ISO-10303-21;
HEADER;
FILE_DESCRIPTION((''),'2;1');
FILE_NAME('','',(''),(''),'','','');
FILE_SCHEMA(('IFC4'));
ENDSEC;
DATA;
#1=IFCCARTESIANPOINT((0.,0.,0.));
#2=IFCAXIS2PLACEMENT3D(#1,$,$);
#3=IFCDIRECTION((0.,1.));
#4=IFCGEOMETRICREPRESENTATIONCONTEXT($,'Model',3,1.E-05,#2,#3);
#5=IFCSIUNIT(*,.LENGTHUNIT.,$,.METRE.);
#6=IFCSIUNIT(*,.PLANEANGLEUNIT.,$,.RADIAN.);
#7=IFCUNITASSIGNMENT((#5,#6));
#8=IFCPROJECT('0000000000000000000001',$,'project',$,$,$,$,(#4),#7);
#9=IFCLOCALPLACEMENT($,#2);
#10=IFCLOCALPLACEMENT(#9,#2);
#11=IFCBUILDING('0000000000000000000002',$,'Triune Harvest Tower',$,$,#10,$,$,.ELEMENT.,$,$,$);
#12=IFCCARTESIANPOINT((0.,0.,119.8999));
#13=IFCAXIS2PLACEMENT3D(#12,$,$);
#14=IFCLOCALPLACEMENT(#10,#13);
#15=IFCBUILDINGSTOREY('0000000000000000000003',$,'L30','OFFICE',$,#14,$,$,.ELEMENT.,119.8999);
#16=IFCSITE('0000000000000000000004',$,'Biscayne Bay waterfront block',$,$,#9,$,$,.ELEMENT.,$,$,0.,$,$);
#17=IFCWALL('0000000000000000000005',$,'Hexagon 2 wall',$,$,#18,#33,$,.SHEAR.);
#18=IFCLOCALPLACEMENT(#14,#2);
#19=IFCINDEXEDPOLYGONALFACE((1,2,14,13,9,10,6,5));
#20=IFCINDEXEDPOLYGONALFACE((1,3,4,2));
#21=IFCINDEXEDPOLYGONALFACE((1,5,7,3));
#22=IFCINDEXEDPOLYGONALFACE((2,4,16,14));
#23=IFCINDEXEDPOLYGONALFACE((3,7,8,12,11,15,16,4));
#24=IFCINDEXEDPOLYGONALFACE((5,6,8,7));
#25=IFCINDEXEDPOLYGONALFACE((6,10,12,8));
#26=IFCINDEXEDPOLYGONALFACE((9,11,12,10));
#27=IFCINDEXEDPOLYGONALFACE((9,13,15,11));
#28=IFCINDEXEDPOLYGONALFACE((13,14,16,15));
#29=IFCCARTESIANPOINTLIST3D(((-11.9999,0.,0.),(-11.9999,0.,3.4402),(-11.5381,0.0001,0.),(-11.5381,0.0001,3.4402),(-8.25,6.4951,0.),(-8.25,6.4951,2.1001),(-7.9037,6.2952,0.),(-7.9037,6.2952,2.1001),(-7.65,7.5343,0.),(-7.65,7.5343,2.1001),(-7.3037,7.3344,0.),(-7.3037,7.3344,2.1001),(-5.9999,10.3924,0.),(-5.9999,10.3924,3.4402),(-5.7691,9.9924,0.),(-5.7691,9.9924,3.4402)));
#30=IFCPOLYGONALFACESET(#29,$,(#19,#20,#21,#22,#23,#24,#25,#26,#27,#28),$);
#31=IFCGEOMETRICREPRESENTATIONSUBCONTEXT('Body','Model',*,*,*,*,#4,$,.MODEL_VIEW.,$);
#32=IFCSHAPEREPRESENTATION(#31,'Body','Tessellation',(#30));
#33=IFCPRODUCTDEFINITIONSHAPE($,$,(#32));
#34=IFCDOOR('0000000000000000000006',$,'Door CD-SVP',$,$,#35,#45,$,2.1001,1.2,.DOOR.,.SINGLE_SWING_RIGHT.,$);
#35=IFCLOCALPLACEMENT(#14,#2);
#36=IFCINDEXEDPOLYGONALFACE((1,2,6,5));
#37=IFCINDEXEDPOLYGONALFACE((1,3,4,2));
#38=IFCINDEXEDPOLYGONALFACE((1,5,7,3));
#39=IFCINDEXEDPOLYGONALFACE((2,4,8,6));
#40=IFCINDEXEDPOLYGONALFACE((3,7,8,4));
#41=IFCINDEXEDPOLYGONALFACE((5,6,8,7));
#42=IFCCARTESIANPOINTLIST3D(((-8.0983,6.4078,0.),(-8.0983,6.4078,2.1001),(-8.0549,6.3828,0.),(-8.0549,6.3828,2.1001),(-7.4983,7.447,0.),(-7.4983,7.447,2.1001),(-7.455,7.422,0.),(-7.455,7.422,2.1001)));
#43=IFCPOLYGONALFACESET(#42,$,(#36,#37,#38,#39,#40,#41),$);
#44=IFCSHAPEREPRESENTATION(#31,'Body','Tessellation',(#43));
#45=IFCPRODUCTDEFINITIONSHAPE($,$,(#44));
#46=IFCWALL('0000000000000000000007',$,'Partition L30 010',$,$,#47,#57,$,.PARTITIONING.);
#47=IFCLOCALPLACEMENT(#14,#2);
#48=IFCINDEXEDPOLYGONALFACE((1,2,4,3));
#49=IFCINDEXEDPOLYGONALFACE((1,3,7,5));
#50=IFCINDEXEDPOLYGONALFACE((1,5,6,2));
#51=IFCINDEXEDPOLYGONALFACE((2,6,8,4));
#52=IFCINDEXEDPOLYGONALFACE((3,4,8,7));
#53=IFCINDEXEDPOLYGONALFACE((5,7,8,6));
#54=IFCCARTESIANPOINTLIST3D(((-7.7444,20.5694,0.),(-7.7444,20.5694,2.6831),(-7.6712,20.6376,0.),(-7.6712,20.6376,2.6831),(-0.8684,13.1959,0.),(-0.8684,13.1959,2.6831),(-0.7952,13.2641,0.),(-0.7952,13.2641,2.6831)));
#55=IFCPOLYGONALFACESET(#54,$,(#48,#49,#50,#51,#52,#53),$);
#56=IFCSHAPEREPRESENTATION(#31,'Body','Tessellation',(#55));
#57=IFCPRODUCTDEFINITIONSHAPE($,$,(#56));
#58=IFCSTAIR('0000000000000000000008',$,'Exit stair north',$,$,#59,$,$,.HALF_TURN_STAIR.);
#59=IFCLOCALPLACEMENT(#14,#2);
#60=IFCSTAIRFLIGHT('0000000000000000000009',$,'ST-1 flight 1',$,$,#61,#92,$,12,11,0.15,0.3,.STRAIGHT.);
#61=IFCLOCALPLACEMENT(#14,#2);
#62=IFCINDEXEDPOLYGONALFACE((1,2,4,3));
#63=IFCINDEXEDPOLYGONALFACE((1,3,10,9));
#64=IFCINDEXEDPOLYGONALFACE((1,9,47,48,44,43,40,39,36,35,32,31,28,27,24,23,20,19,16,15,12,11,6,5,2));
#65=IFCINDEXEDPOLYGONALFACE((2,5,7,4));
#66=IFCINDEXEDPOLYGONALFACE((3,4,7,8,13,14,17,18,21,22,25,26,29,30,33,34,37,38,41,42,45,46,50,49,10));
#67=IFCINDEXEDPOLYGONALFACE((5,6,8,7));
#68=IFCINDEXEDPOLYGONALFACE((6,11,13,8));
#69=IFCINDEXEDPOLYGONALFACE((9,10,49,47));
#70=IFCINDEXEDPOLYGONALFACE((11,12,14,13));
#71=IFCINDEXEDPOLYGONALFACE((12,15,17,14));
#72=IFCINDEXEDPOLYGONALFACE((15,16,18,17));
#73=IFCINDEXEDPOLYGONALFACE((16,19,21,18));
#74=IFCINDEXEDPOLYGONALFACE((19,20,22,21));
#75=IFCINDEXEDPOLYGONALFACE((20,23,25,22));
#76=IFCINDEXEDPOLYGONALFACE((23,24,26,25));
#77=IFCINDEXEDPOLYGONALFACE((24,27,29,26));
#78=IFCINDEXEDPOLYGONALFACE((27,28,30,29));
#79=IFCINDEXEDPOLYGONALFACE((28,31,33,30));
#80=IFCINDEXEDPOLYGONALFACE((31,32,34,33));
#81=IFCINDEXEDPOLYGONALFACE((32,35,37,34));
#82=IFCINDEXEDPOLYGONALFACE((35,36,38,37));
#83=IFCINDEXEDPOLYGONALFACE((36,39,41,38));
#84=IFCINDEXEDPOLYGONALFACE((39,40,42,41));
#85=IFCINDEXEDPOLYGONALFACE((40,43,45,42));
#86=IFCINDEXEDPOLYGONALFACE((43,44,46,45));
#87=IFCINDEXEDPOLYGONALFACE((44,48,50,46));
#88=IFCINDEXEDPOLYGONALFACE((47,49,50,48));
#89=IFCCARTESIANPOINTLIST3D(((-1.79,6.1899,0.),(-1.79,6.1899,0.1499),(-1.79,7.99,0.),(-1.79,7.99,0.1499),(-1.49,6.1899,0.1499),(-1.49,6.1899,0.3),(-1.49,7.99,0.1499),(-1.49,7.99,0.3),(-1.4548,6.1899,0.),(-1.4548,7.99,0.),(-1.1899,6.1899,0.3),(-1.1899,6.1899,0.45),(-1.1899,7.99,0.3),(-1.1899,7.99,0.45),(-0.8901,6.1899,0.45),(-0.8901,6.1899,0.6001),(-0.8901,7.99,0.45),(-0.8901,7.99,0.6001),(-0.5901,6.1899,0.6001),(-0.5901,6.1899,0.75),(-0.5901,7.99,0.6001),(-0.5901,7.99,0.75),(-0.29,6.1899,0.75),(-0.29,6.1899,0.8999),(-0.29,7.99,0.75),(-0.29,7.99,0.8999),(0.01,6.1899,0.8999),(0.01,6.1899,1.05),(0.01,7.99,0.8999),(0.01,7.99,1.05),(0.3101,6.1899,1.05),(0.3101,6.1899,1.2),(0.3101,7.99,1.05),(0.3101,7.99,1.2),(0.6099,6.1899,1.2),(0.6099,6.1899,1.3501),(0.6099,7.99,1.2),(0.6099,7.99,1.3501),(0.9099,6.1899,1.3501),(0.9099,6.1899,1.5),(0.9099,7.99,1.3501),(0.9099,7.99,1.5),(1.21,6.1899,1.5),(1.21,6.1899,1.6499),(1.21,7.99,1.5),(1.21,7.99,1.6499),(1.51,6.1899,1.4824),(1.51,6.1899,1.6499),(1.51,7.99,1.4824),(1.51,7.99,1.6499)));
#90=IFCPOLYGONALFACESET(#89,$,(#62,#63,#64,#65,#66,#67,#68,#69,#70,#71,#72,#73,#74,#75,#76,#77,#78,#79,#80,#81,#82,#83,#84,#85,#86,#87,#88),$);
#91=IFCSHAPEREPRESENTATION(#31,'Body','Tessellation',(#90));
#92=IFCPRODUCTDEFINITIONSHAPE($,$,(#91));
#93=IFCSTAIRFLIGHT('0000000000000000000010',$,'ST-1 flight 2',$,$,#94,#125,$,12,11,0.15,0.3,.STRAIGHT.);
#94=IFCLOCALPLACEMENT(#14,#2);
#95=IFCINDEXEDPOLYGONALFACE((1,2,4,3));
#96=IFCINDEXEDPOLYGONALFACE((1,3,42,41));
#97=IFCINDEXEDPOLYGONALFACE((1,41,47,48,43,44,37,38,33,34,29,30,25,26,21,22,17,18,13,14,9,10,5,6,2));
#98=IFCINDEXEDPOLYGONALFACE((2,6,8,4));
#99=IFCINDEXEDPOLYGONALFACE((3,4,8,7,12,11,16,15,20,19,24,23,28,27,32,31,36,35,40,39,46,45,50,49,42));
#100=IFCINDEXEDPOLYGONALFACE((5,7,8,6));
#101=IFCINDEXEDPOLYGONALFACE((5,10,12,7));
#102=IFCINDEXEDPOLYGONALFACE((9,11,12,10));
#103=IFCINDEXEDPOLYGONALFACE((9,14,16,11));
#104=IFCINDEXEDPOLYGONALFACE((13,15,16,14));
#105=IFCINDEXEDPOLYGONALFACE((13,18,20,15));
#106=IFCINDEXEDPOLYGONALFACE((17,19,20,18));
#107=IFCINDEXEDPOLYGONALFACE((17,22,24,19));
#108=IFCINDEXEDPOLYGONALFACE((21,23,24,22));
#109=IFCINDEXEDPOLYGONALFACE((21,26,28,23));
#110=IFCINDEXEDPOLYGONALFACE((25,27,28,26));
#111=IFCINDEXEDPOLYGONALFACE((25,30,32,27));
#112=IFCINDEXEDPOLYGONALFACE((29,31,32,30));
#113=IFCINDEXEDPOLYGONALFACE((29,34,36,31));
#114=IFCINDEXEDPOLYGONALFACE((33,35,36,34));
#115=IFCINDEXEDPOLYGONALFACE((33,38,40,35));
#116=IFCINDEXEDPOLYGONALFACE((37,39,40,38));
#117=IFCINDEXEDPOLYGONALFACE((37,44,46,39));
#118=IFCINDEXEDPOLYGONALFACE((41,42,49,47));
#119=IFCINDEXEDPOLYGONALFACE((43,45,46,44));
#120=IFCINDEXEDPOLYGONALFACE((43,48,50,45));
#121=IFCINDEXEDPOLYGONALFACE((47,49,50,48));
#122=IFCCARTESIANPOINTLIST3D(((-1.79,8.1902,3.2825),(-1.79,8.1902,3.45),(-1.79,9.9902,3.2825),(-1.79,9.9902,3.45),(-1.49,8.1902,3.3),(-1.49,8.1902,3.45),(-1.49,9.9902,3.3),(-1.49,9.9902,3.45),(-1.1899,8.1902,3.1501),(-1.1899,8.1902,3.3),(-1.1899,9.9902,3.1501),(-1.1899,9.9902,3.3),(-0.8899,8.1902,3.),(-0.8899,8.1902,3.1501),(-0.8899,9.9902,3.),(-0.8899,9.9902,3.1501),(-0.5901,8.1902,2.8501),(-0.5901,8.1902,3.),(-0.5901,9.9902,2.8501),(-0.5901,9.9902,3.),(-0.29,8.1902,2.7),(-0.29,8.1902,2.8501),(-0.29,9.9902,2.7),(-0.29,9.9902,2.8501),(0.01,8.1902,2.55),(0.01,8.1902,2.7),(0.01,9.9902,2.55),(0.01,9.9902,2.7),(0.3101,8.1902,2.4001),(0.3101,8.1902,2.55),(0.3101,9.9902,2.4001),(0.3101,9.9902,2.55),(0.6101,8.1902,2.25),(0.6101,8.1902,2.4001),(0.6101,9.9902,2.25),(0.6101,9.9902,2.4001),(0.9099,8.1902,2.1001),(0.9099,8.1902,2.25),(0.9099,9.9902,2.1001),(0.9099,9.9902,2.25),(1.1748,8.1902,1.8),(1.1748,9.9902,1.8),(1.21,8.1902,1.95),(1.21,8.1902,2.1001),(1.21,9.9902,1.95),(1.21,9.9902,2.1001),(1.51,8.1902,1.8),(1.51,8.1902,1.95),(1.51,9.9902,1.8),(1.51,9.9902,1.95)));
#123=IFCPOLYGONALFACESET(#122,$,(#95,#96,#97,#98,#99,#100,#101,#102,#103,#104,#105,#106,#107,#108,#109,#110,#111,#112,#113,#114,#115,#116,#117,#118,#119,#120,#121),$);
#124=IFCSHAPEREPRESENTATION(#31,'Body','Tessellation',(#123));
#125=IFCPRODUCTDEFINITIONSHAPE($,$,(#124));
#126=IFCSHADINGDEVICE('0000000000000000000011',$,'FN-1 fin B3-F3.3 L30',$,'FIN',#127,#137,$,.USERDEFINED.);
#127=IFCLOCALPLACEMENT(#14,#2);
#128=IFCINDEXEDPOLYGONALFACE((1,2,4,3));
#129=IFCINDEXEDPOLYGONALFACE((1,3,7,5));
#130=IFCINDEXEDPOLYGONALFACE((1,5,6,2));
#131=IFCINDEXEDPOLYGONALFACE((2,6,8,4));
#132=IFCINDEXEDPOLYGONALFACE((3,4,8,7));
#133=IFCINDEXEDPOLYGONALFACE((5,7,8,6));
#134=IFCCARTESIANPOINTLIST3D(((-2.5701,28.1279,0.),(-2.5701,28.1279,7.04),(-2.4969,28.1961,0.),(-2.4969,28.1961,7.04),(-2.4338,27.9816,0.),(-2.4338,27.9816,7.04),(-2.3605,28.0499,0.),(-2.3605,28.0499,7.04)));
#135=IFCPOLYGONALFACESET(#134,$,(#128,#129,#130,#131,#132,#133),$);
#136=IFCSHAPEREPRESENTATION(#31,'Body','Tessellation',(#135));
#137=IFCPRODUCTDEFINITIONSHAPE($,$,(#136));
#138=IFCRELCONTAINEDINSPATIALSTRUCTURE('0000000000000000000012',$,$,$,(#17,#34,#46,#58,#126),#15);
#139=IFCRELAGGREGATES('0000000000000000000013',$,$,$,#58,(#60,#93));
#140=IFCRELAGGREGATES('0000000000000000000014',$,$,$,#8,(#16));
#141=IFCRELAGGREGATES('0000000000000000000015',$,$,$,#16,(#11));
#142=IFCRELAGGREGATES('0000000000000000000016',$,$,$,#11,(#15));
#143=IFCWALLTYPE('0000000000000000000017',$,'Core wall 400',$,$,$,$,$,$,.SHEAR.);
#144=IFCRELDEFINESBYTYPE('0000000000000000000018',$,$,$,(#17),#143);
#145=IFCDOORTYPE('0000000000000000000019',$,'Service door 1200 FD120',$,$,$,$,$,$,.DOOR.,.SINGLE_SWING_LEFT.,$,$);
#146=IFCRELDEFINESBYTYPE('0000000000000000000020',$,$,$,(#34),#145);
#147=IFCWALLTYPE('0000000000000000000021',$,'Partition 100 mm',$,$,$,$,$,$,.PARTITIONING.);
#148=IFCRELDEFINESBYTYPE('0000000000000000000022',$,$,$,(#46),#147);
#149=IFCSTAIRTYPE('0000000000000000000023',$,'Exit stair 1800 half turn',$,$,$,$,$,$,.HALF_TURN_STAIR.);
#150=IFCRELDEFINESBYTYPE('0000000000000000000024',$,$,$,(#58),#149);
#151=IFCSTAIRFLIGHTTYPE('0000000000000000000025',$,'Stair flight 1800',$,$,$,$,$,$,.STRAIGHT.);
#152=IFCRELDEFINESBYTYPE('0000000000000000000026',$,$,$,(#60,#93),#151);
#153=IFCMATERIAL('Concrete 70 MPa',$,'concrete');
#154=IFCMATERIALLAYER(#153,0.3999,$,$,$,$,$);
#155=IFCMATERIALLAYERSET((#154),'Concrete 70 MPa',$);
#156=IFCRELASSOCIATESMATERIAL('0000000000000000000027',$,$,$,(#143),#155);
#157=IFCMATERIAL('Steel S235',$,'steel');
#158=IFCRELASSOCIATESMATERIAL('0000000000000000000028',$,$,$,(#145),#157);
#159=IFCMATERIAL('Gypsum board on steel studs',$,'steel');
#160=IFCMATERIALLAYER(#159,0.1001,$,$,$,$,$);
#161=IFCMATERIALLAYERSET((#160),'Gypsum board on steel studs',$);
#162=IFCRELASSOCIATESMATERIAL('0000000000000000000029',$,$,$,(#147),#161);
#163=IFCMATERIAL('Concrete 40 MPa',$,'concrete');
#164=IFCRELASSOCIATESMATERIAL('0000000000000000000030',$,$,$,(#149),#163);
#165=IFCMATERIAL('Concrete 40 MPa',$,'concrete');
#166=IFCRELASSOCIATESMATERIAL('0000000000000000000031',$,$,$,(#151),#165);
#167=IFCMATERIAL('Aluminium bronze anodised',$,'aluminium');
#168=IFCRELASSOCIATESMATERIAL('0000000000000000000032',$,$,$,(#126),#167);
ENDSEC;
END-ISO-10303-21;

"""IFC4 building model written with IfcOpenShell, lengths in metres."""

from ifc_helpers import new_model, si_unit, direction, frame, frame_2d, origin, origin_2d, place, context, subcontext, project, spatial, polyline, rectangle, outline, extrude, source, transform, mapped, material, layer, layer_set, type_object, element, fill, aggregate, save


model = new_model("IFC4")

# Units and contexts
model_context = context("Model", 3, precision=1e-05, world=origin(), true_north=direction((0.0, 1.0)))
body_context = subcontext(model_context, "Body", "Model", "MODEL_VIEW")
ifc_project = project(units=[si_unit("LENGTHUNIT", "METRE"), si_unit("PLANEANGLEUNIT", "RADIAN")], contexts=[model_context])

# Site, building, storey
site_placement = place(None, origin())
site = spatial("IfcSite", under=ifc_project, at=site_placement, Name="Biscayne Bay waterfront block", CompositionType="ELEMENT", RefElevation=0.0)
building_placement = place(site_placement, origin())
building = spatial("IfcBuilding", under=site, at=building_placement, Name="Triune Harvest Tower", CompositionType="ELEMENT")
storey_placement = place(building_placement, frame((0.0, 0.0, 119.8999)))
storey = spatial("IfcBuildingStorey", under=building, at=storey_placement, Name="L30", Description="OFFICE", CompositionType="ELEMENT", Elevation=119.8999)

# Wall, opening, door
ifc_material_1 = material(Name="Concrete 70 MPa", Category="concrete")
ifc_layer_1 = layer(ifc_material_1, 0.3999)
ifc_layer_set_1 = layer_set([ifc_layer_1], Name="Concrete 70 MPa")
wall_type_1 = type_object("IfcWallType", Name="Core wall 400", PredefinedType="SHEAR", material=ifc_layer_set_1)
shared_shape_1 = source(origin(), body_context, "Body", "SweptSolid", [
    extrude(outline(polyline([(-0.1155, -0.2), (11.8845, -0.2), (11.6536, 0.2), (0.1155, 0.2), (-0.1155, -0.2)])), origin(), (0.0, 0.0, 1.0), 3.4402),
])
wall_1_placement = place(storey_placement, frame((-5.8845, 10.1924, 0.0), z_axis=(0.0, 0.0, 1.0), x_axis=(-0.499997, -0.866027, 0.0)))
wall_1 = element("IfcWall", 1, at=wall_1_placement, inside=storey, type_object=wall_type_1, Name="Hexagon 2 wall", PredefinedType="SHEAR", context=body_context, shape_type="MappedRepresentation", body=[
    mapped(shared_shape_1, transform((0.0, 0.0, 0.0), scale=1.0)),
])
opening_1_placement = place(wall_1_placement, frame((3.1846, 0.0, 0.0)))
opening_1 = element("IfcOpeningElement", 2, at=opening_1_placement, cuts=wall_1, PredefinedType="OPENING", context=body_context, shape_type="SweptSolid", body=[
    extrude(rectangle(XDim=1.2, YDim=2.1001, at=frame_2d((0.6001, 1.05))), frame((0.0, 0.21, 0.0), z_axis=(0.0, -1.0, 0.0), x_axis=(1.0, 0.0, 0.0)), (0.0, 0.0, 1.0), 0.4199),
])
ifc_material_2 = material(Name="Steel S235", Category="steel")
door_type_1 = type_object("IfcDoorType", Name="Service door 1200 FD120", OperationType="SINGLE_SWING_LEFT", PredefinedType="DOOR", material=ifc_material_2)
door_1_placement = place(opening_1_placement, frame((1.2, 0.0, 0.0), z_axis=(0.0, 0.0, 1.0), x_axis=(-1.0, 0.0, 0.0)))
door_1 = element("IfcDoor", 3, at=door_1_placement, inside=storey, type_object=door_type_1, Name="Door CD-SVP", OperationType="SINGLE_SWING_RIGHT", OverallHeight=2.1001, OverallWidth=1.2, PredefinedType="DOOR", context=body_context, shape_type="SweptSolid", body=[
    extrude(rectangle(XDim=1.2, YDim=2.1001, at=frame_2d((0.6001, 1.05))), frame((0.0, 0.0249, 0.0), z_axis=(0.0, -1.0, 0.0), x_axis=(1.0, 0.0, 0.0)), (0.0, 0.0, 1.0), 0.05),
])
fill(opening_1, door_1)

# Wall
ifc_material_3 = material(Name="Gypsum board on steel studs", Category="steel")
ifc_layer_2 = layer(ifc_material_3, 0.1001)
ifc_layer_set_2 = layer_set([ifc_layer_2], Name="Gypsum board on steel studs")
wall_type_2 = type_object("IfcWallType", Name="Partition 100 mm", PredefinedType="PARTITIONING", material=ifc_layer_set_2)
shared_shape_2 = source(origin(), body_context, "Body", "SweptSolid", [
    extrude(rectangle(XDim=10.082, YDim=0.1001, at=frame_2d((5.041, 0.0))), origin(), (0.0, 0.0, 1.0), 2.6831),
])
wall_2_placement = place(storey_placement, frame((-7.7078, 20.6035, 0.0), z_axis=(0.0, 0.0, 1.0), x_axis=(0.682001, -0.731352, 0.0)))
element("IfcWall", 4, at=wall_2_placement, inside=storey, type_object=wall_type_2, Name="Partition L30 010", PredefinedType="PARTITIONING", context=body_context, shape_type="MappedRepresentation", body=[
    mapped(shared_shape_2, transform((0.0, 0.0, 0.0), scale=1.0)),
])

# Stair, stair flights
ifc_material_4 = material(Name="Concrete 40 MPa", Category="concrete")
stair_type = type_object("IfcStairType", Name="Exit stair 1800 half turn", PredefinedType="HALF_TURN_STAIR", material=ifc_material_4)
stair_placement = place(storey_placement, origin())
stair = element("IfcStair", 5, at=stair_placement, inside=storey, type_object=stair_type, Name="Exit stair north", PredefinedType="HALF_TURN_STAIR")
ifc_material_5 = material(Name="Concrete 40 MPa", Category="concrete")
stair_flight_type = type_object("IfcStairFlightType", Name="Stair flight 1800", PredefinedType="STRAIGHT", material=ifc_material_5)
shared_shape_3 = source(origin(), body_context, "Body", "SweptSolid", [
    extrude(outline(polyline([(0.0, 0.0), (0.0, 0.1499), (0.3, 0.1499), (0.3, 0.3), (0.6001, 0.3), (0.6001, 0.45), (0.8999, 0.45), (0.8999, 0.6001), (1.2, 0.6001), (1.2, 0.75), (1.5, 0.75), (1.5, 0.8999), (1.8, 0.8999), (1.8, 1.05), (2.1001, 1.05), (2.1001, 1.2), (2.3999, 1.2), (2.3999, 1.3501), (2.7, 1.3501), (2.7, 1.5), (3.0, 1.5), (3.0, 1.6499), (3.3, 1.6499), (3.3, 1.8), (3.3, 1.4824), (0.3352, 0.0), (0.0, 0.0)])), frame((0.0, 0.8999, 0.0), z_axis=(0.0, -1.0, 0.0), x_axis=(1.0, 0.0, 0.0)), (0.0, 0.0, 1.0), 1.8),
])
stair_flight_1_placement = place(storey_placement, frame((-1.79, 7.0901, 0.0), z_axis=(0.0, 0.0, 1.0), x_axis=(1.0, 0.0, 0.0)))
stair_flight_1 = element("IfcStairFlight", 6, at=stair_flight_1_placement, type_object=stair_flight_type, Name="ST-1 flight 1", NumberOfRisers=12, NumberOfTreads=11, PredefinedType="STRAIGHT", RiserHeight=0.15, TreadLength=0.3, context=body_context, shape_type="MappedRepresentation", body=[
    mapped(shared_shape_3, transform((0.0, 0.0, 0.0), scale=1.0)),
])
stair_flight_2_placement = place(storey_placement, frame((1.51, 9.0901, 1.8), z_axis=(0.0, 0.0, 1.0), x_axis=(-1.0, 0.0, 0.0)))
stair_flight_2 = element("IfcStairFlight", 7, at=stair_flight_2_placement, type_object=stair_flight_type, Name="ST-1 flight 2", NumberOfRisers=12, NumberOfTreads=11, PredefinedType="STRAIGHT", RiserHeight=0.15, TreadLength=0.3, context=body_context, shape_type="MappedRepresentation", body=[
    mapped(shared_shape_3, transform((0.0, 0.0, 0.0), scale=1.0)),
])
aggregate(stair, [stair_flight_1, stair_flight_2])

# Shading device
ifc_material_6 = material(Name="Aluminium bronze anodised", Category="aluminium")
shared_shape_4 = source(origin(), body_context, "Body", "SweptSolid", [
    extrude(rectangle(XDim=0.1001, YDim=0.2, at=origin_2d()), origin(), (0.0, 0.0, 1.0), 7.04),
])
shading_device_placement = place(storey_placement, frame((-2.4653, 28.0889, 0.0), z_axis=(0.0, 0.0, 1.0), x_axis=(-0.731353, -0.681999, 0.0)))
element("IfcShadingDevice", 8, at=shading_device_placement, inside=storey, material=ifc_material_6, Name="FN-1 fin B3-F3.3 L30", ObjectType="FIN", PredefinedType="USERDEFINED", context=body_context, shape_type="MappedRepresentation", body=[
    mapped(shared_shape_4, transform((0.0, 0.0, 0.0), scale=1.0)),
])

save(model, "model.ifc")
